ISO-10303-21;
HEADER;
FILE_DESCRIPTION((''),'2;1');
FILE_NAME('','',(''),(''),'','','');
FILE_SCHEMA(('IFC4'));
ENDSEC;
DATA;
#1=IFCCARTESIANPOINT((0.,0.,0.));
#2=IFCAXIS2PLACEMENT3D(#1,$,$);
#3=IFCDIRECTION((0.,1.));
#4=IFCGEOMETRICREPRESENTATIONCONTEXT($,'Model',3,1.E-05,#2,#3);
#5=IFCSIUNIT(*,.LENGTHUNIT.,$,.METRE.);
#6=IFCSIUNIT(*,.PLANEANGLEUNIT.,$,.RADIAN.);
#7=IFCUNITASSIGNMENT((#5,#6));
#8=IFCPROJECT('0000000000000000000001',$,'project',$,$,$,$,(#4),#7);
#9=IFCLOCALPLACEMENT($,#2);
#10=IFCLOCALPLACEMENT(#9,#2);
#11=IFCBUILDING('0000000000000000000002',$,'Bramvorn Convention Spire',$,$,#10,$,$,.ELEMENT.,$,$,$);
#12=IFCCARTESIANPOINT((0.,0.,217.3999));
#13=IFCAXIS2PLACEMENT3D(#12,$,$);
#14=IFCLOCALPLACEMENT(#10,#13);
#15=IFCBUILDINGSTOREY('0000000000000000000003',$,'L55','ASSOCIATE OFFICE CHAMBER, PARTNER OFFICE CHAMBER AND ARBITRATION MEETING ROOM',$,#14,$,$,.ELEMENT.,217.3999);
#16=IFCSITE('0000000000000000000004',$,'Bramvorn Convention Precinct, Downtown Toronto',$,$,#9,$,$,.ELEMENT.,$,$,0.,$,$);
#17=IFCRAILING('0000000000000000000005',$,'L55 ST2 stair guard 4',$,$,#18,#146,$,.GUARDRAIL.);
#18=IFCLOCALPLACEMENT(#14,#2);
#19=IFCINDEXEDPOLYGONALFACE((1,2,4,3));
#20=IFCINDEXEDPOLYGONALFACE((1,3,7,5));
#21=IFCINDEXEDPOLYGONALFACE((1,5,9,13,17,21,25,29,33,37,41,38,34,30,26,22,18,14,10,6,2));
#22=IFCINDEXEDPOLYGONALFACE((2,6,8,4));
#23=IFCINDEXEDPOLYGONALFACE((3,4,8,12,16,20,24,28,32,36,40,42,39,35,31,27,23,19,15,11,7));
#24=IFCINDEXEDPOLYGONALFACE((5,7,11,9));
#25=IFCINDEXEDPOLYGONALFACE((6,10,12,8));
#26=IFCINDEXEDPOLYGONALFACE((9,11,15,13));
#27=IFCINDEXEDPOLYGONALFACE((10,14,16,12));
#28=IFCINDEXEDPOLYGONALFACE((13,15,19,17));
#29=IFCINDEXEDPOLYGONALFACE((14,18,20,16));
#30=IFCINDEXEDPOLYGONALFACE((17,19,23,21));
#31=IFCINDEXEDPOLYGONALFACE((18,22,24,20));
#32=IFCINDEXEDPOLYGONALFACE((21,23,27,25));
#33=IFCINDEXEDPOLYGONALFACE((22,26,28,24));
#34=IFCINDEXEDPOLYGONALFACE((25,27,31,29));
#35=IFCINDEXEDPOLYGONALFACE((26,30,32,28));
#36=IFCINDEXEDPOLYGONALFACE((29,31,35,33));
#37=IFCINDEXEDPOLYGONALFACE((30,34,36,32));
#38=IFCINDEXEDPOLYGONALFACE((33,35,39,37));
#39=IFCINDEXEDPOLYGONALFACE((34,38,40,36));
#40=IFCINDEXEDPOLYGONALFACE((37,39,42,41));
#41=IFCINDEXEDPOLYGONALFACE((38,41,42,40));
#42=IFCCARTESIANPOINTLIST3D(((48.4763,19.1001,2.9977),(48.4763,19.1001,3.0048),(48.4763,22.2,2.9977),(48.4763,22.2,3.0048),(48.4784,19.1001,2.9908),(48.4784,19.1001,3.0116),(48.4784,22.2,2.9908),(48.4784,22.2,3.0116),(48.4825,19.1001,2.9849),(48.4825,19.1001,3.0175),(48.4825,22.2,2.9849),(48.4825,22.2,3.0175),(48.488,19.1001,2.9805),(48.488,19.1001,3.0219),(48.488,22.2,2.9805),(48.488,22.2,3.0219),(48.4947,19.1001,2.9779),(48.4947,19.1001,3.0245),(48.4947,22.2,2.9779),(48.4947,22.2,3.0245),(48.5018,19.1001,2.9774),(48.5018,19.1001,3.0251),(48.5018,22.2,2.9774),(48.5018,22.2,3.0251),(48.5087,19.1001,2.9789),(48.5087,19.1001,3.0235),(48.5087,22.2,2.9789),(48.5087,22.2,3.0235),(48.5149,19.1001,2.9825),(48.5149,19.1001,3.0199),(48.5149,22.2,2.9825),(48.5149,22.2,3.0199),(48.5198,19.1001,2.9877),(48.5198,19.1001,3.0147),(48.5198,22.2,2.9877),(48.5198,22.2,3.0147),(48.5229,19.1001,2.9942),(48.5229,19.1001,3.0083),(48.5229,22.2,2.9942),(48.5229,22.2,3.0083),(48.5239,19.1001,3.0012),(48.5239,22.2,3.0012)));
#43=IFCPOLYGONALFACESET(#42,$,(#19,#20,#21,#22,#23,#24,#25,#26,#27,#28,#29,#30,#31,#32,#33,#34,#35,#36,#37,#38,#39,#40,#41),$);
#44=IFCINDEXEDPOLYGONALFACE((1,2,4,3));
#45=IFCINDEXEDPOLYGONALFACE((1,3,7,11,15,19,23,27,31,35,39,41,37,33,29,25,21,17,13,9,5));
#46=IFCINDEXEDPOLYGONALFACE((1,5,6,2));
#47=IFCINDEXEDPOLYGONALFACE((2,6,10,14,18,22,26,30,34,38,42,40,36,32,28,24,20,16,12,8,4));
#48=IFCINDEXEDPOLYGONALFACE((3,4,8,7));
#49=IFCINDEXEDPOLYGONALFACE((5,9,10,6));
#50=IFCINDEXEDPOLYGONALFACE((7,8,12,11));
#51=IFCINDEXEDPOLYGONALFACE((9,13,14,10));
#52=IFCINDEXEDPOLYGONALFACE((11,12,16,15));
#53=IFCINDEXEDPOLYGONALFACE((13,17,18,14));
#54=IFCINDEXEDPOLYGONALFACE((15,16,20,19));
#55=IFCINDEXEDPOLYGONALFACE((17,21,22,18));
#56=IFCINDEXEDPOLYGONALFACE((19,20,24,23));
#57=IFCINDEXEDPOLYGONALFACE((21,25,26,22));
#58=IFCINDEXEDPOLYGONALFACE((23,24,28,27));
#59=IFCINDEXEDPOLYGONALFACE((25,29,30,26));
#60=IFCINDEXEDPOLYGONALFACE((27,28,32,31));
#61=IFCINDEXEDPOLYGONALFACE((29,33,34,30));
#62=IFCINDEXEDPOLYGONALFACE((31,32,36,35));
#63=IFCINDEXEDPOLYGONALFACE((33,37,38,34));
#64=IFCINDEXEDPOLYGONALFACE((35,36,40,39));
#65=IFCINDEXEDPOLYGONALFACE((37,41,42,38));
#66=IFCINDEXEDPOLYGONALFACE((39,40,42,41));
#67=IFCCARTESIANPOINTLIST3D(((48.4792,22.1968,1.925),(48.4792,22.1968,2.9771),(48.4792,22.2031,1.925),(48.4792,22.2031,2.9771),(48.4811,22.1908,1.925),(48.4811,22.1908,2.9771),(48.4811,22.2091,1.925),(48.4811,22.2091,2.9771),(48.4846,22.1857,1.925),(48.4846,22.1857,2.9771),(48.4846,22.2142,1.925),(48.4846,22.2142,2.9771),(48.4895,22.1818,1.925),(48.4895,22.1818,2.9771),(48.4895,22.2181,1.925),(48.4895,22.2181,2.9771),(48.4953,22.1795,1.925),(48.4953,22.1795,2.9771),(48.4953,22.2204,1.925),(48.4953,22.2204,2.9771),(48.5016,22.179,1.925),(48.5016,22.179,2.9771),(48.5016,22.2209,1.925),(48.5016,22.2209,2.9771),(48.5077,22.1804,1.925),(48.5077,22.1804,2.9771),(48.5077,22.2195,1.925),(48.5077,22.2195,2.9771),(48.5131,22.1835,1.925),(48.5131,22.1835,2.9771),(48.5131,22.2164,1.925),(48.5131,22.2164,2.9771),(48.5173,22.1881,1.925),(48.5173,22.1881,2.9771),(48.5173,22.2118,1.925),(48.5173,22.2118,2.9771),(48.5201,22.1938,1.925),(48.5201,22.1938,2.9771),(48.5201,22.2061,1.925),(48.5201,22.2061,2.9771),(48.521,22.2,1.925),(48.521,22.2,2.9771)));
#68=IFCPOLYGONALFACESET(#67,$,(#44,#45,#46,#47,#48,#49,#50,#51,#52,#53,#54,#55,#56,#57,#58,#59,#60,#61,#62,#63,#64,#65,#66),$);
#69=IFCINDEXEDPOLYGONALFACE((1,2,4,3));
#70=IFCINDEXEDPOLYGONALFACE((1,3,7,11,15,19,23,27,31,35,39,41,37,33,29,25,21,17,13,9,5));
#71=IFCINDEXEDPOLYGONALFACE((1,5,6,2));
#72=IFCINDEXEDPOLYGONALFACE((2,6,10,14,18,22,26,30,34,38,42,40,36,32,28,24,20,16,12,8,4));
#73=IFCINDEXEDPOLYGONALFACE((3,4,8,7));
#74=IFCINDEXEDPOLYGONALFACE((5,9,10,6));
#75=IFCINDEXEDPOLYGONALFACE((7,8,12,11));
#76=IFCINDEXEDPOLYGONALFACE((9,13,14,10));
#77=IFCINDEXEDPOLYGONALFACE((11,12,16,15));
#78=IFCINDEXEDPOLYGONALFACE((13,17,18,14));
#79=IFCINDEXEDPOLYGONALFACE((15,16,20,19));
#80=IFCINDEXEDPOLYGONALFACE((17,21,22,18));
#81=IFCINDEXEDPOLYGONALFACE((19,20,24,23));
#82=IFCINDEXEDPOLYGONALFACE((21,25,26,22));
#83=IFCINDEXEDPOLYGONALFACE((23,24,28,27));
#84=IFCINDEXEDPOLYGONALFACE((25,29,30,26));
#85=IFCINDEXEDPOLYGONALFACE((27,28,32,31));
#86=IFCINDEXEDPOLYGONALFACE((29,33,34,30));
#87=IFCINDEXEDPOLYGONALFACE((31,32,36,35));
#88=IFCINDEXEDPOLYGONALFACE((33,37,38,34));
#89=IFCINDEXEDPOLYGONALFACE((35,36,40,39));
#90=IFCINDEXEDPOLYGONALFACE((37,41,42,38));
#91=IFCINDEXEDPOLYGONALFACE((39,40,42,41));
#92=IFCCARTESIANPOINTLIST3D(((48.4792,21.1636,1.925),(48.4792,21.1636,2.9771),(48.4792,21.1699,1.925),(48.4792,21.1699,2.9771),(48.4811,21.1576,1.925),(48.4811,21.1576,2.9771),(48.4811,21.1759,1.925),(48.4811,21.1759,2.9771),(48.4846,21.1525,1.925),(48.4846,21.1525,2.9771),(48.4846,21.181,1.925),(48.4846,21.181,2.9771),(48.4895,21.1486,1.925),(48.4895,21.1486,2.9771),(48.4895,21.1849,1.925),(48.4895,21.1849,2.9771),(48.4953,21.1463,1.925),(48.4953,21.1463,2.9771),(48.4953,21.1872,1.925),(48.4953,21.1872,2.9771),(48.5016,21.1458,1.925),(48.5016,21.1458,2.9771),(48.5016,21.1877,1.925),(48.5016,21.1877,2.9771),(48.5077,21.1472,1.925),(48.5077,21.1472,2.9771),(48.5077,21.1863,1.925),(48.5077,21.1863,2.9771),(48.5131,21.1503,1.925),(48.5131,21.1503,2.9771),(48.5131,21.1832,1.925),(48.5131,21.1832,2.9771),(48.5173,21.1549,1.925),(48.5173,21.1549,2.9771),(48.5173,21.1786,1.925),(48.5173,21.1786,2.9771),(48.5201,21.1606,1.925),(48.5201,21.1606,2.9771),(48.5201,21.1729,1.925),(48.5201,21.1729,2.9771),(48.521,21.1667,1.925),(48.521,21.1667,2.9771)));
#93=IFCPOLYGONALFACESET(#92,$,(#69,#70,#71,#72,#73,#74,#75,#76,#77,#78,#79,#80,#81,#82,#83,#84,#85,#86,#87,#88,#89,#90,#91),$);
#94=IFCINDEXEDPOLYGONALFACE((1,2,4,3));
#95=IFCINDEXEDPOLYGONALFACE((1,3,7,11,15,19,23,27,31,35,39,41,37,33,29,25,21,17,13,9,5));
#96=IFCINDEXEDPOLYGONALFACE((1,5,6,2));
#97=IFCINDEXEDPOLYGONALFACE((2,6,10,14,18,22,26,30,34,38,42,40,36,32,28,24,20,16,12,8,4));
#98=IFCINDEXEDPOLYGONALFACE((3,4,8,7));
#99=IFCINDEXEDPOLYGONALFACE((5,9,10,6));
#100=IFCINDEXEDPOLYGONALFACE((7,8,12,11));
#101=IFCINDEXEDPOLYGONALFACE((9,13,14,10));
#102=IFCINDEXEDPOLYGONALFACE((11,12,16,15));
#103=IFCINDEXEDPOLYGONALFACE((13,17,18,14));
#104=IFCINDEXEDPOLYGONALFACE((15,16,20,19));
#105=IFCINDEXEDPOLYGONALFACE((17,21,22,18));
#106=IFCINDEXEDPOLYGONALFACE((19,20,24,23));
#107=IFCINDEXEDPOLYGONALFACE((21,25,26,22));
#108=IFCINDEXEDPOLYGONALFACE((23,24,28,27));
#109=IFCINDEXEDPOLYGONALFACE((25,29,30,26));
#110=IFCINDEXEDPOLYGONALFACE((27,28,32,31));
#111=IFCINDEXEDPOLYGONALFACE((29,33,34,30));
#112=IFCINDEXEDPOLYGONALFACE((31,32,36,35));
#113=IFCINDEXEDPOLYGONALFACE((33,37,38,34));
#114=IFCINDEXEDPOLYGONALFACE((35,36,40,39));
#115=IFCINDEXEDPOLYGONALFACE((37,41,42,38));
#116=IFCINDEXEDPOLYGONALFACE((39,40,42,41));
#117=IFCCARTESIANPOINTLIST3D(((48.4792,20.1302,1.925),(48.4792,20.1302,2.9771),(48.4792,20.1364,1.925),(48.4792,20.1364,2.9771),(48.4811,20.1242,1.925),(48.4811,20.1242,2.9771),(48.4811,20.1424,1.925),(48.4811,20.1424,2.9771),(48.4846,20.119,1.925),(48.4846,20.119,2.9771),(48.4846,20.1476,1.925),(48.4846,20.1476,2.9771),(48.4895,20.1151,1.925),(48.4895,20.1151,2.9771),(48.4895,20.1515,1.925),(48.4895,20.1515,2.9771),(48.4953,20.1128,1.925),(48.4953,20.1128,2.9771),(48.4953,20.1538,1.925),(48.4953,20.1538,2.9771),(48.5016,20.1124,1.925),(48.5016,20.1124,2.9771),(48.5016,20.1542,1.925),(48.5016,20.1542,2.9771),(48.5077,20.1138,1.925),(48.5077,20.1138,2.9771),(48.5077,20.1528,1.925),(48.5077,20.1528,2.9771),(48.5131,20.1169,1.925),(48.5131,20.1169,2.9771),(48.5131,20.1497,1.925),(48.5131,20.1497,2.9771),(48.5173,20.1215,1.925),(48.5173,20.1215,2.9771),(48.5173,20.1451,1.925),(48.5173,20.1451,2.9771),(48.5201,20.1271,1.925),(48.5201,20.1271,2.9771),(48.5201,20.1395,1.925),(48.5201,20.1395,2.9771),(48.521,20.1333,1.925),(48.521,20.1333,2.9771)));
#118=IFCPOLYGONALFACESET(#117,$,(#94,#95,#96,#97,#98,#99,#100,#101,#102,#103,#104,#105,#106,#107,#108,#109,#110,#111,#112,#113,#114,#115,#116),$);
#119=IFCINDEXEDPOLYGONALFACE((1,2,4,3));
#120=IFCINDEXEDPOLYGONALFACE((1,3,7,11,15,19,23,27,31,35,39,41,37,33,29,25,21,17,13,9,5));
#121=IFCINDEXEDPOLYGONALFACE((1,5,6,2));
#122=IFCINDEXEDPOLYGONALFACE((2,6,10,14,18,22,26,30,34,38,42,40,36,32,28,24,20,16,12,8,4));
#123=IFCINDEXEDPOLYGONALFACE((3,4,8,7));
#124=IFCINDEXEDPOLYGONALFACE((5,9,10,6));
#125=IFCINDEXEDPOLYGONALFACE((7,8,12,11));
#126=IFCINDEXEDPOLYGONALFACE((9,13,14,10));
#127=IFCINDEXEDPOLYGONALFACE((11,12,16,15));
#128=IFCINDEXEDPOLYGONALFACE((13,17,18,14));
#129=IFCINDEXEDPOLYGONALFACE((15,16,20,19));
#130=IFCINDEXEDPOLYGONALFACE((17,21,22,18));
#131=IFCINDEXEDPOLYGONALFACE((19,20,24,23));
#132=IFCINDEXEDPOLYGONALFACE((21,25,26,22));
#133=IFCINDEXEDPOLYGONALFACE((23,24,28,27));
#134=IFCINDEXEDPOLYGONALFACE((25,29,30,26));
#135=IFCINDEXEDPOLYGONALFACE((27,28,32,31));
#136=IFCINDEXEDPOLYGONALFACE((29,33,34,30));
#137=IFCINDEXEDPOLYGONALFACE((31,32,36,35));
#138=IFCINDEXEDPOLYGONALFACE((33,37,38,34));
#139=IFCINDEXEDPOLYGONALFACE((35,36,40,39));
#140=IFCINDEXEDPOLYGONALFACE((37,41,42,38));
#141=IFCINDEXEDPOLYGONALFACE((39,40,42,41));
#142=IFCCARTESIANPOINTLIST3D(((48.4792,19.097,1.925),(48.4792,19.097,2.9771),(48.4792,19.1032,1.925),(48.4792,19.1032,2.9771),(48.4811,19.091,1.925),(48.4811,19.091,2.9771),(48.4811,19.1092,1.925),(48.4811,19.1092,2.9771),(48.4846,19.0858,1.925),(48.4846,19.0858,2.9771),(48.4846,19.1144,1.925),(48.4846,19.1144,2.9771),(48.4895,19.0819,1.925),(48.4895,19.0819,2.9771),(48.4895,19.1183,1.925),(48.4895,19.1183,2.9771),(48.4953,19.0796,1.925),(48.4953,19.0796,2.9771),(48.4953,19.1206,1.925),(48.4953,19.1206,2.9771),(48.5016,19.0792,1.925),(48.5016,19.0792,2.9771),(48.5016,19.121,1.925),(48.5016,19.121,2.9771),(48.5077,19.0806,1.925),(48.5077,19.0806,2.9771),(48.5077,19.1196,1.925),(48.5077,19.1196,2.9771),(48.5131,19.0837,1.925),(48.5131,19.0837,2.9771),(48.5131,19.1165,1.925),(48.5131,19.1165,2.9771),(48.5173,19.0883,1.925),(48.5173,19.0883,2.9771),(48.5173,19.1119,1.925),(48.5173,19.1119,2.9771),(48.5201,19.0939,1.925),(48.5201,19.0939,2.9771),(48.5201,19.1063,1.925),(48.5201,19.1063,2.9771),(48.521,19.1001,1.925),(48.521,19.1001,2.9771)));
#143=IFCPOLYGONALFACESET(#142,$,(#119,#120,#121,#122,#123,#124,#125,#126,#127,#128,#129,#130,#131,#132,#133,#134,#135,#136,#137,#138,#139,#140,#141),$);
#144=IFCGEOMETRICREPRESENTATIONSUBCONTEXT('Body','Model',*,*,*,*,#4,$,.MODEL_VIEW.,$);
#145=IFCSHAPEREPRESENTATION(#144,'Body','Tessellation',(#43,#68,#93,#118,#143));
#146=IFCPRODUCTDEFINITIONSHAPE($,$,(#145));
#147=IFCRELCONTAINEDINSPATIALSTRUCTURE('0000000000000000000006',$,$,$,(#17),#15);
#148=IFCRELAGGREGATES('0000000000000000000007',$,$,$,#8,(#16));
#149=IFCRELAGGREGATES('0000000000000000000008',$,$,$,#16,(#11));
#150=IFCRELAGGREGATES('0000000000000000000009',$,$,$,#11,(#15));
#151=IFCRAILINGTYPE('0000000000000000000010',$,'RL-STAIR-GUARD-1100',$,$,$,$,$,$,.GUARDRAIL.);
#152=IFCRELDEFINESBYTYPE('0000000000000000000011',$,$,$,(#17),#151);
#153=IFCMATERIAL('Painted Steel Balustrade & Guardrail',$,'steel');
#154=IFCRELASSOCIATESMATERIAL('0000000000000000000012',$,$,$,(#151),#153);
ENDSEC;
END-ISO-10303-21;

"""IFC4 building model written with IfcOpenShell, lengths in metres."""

from ifc_helpers import new_model, si_unit, direction, frame, origin, origin_2d, place, context, subcontext, project, spatial, circle, extrude, material, type_object, element, save


model = new_model("IFC4")

# Units and contexts
model_context = context("Model", 3, precision=1e-05, world=origin(), true_north=direction((0.0, 1.0)))
body_context = subcontext(model_context, "Body", "Model", "MODEL_VIEW")
ifc_project = project(units=[si_unit("LENGTHUNIT", "METRE"), si_unit("PLANEANGLEUNIT", "RADIAN")], contexts=[model_context])

# Site, building, storey
site_placement = place(None, origin())
site = spatial("IfcSite", under=ifc_project, at=site_placement, Name="Bramvorn Convention Precinct, Downtown Toronto", CompositionType="ELEMENT", RefElevation=0.0)
building_placement = place(site_placement, origin())
building = spatial("IfcBuilding", under=site, at=building_placement, Name="Bramvorn Convention Spire", CompositionType="ELEMENT")
storey_placement = place(building_placement, frame((0.0, 0.0, 217.3999)))
storey = spatial("IfcBuildingStorey", under=building, at=storey_placement, Name="L55", Description="ASSOCIATE OFFICE CHAMBER, PARTNER OFFICE CHAMBER AND ARBITRATION MEETING ROOM", CompositionType="ELEMENT", Elevation=217.3999)

# Railing
ifc_material_1 = material(Name="Painted Steel Balustrade & Guardrail", Category="steel")
railing_type_1 = type_object("IfcRailingType", Name="RL-STAIR-GUARD-1100", PredefinedType="GUARDRAIL", material=ifc_material_1)
railing_1_placement = place(storey_placement, frame((48.5, 22.2, 1.925)))
element("IfcRailing", 1, at=railing_1_placement, inside=storey, type_object=railing_type_1, Name="L55 ST2 stair guard 4", PredefinedType="GUARDRAIL", context=body_context, shape_type="SweptSolid", body=[
    extrude(circle(Radius=0.0239, at=origin_2d()), frame((0.0, 0.0, 1.0762), z_axis=(0.0, -1.0, 0.0), x_axis=(1.0, 0.0, 0.0)), (0.0, 0.0, 1.0), 3.0999),
    extrude(circle(Radius=0.021, at=origin_2d()), origin(), (0.0, 0.0, 1.0), 1.052),
    extrude(circle(Radius=0.021, at=origin_2d()), frame((0.0, -1.0332, 0.0)), (0.0, 0.0, 1.0), 1.052),
    extrude(circle(Radius=0.021, at=origin_2d()), frame((0.0, -2.0667, 0.0)), (0.0, 0.0, 1.0), 1.052),
    extrude(circle(Radius=0.021, at=origin_2d()), frame((0.0, -3.0999, 0.0)), (0.0, 0.0, 1.0), 1.052),
])

save(model, "model.ifc")
